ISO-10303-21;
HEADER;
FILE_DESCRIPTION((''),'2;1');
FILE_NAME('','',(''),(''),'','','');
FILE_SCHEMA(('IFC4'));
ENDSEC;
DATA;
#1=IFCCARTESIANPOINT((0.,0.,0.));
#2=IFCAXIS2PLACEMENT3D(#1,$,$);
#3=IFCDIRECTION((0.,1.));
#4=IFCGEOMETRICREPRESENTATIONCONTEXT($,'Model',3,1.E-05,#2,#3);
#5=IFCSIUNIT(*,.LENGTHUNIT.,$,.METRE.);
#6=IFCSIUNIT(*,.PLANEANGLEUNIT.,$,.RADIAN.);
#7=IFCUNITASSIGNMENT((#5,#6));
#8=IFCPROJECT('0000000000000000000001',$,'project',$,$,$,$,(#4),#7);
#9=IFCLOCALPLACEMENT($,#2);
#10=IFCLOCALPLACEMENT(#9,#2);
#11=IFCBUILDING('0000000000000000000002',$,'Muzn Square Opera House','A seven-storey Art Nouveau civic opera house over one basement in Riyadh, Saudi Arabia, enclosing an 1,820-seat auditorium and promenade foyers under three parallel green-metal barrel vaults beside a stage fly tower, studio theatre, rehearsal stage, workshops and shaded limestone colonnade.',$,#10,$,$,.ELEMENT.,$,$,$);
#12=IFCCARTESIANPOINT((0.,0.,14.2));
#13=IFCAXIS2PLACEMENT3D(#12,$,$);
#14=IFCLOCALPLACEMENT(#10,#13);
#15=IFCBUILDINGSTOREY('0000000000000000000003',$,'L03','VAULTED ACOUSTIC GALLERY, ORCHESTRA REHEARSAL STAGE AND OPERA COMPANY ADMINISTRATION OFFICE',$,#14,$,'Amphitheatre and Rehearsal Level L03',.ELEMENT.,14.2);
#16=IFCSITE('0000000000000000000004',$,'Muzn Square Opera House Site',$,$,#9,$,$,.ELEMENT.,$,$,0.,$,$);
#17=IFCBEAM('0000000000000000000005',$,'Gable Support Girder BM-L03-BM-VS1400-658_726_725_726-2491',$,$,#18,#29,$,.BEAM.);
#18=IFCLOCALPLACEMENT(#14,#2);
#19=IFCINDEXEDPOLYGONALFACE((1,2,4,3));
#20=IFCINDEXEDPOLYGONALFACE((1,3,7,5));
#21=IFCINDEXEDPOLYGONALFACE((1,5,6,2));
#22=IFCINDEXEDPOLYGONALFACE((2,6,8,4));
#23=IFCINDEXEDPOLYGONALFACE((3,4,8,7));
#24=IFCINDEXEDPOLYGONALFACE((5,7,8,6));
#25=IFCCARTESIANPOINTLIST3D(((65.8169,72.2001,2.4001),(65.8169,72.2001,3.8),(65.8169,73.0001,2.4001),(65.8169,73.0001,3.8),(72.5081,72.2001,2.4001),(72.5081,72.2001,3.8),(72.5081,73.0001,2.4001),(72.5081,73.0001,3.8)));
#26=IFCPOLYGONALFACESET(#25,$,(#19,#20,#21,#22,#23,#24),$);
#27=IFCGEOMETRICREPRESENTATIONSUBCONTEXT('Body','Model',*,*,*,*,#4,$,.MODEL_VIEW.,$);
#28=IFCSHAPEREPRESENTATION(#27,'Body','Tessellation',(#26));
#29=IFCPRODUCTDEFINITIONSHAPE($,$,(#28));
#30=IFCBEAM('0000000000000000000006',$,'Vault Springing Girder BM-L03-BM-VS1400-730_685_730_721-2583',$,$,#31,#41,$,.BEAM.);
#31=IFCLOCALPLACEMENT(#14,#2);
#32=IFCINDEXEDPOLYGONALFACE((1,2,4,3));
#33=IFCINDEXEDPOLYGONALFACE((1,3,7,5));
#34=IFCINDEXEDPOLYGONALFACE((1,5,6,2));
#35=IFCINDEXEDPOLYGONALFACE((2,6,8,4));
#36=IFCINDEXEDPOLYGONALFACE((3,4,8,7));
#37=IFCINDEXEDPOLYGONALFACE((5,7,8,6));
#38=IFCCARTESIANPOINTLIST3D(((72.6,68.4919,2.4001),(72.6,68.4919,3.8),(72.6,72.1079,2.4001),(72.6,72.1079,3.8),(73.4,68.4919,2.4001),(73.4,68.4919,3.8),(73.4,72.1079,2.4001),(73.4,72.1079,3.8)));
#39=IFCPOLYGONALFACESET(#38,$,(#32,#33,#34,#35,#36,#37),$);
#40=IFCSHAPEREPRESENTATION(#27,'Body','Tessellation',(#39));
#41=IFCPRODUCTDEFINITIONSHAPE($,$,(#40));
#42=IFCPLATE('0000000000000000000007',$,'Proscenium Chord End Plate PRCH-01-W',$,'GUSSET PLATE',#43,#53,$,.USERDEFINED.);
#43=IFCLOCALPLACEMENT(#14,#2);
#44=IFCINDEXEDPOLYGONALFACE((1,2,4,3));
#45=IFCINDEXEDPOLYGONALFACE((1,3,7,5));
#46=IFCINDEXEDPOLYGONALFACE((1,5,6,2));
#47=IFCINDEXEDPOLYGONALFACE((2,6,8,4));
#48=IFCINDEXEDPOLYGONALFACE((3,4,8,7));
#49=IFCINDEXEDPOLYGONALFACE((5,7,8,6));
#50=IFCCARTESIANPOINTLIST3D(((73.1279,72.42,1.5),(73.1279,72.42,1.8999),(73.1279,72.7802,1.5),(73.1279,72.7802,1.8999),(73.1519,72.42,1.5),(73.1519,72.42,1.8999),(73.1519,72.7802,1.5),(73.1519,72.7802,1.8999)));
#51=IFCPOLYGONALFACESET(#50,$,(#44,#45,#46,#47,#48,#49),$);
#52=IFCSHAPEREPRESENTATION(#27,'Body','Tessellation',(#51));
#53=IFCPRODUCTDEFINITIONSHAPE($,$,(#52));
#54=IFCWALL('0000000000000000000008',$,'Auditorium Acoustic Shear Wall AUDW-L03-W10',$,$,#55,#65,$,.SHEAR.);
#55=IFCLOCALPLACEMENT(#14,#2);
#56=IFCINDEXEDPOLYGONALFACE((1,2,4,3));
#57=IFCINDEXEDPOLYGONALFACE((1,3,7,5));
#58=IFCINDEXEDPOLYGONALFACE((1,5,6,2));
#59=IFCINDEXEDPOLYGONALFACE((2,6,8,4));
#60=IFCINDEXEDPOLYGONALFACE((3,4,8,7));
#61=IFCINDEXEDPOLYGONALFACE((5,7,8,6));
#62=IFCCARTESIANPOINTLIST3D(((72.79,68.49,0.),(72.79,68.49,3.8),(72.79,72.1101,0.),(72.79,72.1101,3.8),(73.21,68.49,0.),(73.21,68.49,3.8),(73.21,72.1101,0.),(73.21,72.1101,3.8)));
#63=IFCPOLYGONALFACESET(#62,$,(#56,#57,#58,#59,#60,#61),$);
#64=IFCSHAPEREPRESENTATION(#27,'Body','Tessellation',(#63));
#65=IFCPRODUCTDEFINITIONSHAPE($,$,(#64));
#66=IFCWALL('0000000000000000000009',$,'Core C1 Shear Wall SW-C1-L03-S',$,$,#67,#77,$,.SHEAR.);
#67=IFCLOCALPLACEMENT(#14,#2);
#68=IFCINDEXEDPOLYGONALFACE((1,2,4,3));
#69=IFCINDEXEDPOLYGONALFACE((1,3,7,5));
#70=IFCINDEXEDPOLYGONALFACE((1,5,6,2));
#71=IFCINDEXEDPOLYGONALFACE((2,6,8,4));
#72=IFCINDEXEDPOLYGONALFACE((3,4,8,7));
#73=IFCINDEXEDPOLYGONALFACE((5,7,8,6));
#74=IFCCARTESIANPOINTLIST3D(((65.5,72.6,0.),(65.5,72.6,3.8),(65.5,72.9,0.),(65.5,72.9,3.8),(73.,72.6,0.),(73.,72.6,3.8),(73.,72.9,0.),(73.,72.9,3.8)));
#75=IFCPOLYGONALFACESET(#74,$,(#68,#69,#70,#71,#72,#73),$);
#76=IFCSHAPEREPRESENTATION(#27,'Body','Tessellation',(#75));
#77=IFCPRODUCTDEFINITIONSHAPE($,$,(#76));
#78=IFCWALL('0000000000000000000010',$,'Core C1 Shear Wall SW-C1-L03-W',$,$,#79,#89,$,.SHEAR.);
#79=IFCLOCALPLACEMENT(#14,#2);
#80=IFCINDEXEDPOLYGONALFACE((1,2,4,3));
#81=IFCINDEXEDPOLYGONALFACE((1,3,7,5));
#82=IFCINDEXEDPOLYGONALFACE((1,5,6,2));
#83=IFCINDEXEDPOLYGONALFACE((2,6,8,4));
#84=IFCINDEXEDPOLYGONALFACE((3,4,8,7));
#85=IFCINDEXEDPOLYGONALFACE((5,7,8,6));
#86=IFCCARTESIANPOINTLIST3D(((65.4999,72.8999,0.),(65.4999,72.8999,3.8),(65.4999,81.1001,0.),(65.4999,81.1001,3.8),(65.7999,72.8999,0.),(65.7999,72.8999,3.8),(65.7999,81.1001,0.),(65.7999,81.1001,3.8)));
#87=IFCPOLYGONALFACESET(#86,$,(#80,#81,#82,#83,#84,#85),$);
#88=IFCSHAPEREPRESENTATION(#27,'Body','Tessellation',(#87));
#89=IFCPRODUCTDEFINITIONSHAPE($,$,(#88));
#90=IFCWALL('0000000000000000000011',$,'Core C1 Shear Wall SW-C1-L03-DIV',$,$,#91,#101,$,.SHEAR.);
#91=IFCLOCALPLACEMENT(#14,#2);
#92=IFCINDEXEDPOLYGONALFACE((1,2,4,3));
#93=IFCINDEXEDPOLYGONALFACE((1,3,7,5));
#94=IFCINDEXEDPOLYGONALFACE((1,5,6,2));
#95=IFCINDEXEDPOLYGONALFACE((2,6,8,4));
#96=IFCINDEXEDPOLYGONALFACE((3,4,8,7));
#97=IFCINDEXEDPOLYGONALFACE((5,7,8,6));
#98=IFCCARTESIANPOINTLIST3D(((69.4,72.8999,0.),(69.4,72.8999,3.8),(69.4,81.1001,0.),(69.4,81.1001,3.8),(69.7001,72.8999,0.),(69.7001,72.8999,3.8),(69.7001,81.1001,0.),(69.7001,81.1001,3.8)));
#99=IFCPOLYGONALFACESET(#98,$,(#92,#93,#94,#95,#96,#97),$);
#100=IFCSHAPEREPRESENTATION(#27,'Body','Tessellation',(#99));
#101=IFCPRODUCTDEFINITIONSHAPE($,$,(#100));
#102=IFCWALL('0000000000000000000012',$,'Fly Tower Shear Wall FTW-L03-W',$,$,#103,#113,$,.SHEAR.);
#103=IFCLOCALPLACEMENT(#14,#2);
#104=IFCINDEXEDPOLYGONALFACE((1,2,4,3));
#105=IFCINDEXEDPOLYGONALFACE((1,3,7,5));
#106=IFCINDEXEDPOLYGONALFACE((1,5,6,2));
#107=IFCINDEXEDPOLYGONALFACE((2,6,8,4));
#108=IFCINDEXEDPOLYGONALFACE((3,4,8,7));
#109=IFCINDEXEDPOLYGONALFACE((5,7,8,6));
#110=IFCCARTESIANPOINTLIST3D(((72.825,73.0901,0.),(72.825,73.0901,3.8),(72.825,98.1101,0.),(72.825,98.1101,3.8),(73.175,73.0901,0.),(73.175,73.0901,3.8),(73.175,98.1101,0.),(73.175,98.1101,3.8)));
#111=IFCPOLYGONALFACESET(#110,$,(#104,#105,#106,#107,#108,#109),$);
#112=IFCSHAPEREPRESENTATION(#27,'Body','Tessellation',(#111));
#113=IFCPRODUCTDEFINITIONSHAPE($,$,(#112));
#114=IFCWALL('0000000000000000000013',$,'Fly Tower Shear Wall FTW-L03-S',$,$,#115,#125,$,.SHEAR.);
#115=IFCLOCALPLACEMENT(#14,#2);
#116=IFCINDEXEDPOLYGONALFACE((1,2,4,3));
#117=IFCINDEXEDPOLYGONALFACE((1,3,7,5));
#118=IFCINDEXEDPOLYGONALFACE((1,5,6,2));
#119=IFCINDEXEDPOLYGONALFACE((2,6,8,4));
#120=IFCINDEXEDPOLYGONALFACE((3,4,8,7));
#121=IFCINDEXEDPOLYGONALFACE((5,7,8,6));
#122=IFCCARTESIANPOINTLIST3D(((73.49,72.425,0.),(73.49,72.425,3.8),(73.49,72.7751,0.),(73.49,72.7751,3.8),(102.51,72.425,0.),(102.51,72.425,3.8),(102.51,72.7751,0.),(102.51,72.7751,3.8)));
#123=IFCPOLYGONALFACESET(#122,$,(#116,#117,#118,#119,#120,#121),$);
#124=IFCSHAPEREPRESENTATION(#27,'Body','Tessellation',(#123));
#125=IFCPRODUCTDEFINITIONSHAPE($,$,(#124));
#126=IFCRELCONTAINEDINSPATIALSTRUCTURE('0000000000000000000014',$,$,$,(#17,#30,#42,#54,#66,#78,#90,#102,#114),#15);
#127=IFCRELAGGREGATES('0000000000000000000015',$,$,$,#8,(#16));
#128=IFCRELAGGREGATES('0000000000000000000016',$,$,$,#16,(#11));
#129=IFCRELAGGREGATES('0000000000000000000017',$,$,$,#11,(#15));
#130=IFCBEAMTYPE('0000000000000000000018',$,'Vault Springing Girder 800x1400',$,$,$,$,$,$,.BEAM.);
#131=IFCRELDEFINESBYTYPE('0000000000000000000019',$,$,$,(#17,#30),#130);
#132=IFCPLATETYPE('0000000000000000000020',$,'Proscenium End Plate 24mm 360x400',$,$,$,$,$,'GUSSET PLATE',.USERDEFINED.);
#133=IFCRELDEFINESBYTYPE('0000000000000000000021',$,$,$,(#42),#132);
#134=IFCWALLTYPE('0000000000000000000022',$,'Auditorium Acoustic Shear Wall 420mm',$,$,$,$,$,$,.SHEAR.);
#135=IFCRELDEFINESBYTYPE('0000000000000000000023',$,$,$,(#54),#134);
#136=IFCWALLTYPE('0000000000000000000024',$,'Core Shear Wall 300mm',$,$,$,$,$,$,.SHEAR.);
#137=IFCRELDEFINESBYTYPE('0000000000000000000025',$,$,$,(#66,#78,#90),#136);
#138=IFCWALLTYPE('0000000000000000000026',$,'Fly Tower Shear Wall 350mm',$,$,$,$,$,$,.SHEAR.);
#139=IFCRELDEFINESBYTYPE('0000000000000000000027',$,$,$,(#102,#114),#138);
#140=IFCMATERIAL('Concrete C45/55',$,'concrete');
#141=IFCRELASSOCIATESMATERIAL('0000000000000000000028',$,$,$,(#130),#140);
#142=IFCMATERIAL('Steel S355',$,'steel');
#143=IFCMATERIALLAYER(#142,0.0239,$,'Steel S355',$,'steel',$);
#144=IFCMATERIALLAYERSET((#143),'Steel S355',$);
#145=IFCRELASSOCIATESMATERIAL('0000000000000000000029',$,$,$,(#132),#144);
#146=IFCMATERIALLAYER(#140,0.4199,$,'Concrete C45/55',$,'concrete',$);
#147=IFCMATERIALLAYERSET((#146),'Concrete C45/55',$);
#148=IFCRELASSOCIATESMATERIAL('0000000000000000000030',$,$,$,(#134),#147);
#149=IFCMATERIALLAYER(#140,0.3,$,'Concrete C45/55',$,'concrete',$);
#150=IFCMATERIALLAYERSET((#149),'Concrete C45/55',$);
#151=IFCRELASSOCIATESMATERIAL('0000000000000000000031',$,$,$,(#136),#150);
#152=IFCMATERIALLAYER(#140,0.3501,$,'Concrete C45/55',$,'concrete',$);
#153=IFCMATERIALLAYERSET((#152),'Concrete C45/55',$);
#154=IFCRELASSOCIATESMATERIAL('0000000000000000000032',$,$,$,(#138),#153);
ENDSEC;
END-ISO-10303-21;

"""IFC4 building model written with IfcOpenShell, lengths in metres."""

from ifc_helpers import new_model, si_unit, direction, frame, frame_2d, origin, origin_2d, place, context, subcontext, project, spatial, rectangle, extrude, material, layer, layer_set, material_profile, profile_set, type_object, element, save


model = new_model("IFC4")

# Units and contexts
model_context = context("Model", 3, precision=1e-05, world=origin(), true_north=direction((0.0, 1.0)))
body_context = subcontext(model_context, "Body", "Model", "MODEL_VIEW")
ifc_project = project(units=[si_unit("LENGTHUNIT", "METRE"), si_unit("PLANEANGLEUNIT", "RADIAN")], contexts=[model_context])

# Site, building, storey
site_placement = place(None, origin())
site = spatial("IfcSite", under=ifc_project, at=site_placement, Name="Muzn Square Opera House Site", CompositionType="ELEMENT", RefElevation=0.0)
building_placement = place(site_placement, origin())
building = spatial("IfcBuilding", under=site, at=building_placement, Name="Muzn Square Opera House", Description="A seven-storey Art Nouveau civic opera house over one basement in Riyadh, Saudi Arabia, enclosing an 1,820-seat auditorium and promenade foyers under three parallel green-metal barrel vaults beside a stage fly tower, studio theatre, rehearsal stage, workshops and shaded limestone colonnade.", CompositionType="ELEMENT")
storey_placement = place(building_placement, frame((0.0, 0.0, 14.2)))
storey = spatial("IfcBuildingStorey", under=building, at=storey_placement, Name="L03", Description="VAULTED ACOUSTIC GALLERY, ORCHESTRA REHEARSAL STAGE AND OPERA COMPANY ADMINISTRATION OFFICE", LongName="Amphitheatre and Rehearsal Level L03", CompositionType="ELEMENT", Elevation=14.2)

# Shared definitions
ifc_material_1 = material(Name="Concrete C45/55", Category="concrete")

# Shared definitions
ifc_material_2 = material(Name="Steel S355", Category="steel")

# Beams
ifc_material_profile_1 = material_profile(ifc_material_1, rectangle(XDim=0.8, YDim=1.3999, at=origin_2d()), Name="RCB 800x1400", Category="concrete")
ifc_profile_set_1 = profile_set([ifc_material_profile_1], Name="Concrete C45/55")
beam_type_1 = type_object("IfcBeamType", Name="Vault Springing Girder 800x1400", PredefinedType="BEAM", material=ifc_profile_set_1)
beam_1_placement = place(storey_placement, frame((65.8169, 72.6001, 3.1001), z_axis=(1.0, 0.0, 0.0), x_axis=(0.0, 1.0, 0.0)))
element("IfcBeam", 1, at=beam_1_placement, inside=storey, type_object=beam_type_1, Name="Gable Support Girder BM-L03-BM-VS1400-658_726_725_726-2491", PredefinedType="BEAM", context=body_context, shape_type="SweptSolid", body=[
    extrude(rectangle(XDim=0.8, YDim=1.3999, at=origin_2d()), origin(), (0.0, 0.0, 1.0), 6.6912),
])
beam_2_placement = place(storey_placement, frame((73.0, 68.4919, 3.1001), z_axis=(0.0, 1.0, 0.0), x_axis=(-1.0, 0.0, 0.0)))
element("IfcBeam", 2, at=beam_2_placement, inside=storey, type_object=beam_type_1, Name="Vault Springing Girder BM-L03-BM-VS1400-730_685_730_721-2583", PredefinedType="BEAM", context=body_context, shape_type="SweptSolid", body=[
    extrude(rectangle(XDim=0.8, YDim=1.3999, at=origin_2d()), origin(), (0.0, 0.0, 1.0), 3.616),
])

# Plate
ifc_layer_1 = layer(ifc_material_2, 0.0239, Name="Steel S355", Category="steel")
ifc_layer_set_1 = layer_set([ifc_layer_1], Name="Steel S355")
plate_type = type_object("IfcPlateType", Name="Proscenium End Plate 24mm 360x400", ElementType="GUSSET PLATE", PredefinedType="USERDEFINED", material=ifc_layer_set_1)
plate_placement = place(storey_placement, frame((73.1399, 72.6001, 1.5), z_axis=(0.0, 0.0, 1.0), x_axis=(1.0, 0.0, 0.0)))
element("IfcPlate", 3, at=plate_placement, inside=storey, type_object=plate_type, Name="Proscenium Chord End Plate PRCH-01-W", ObjectType="GUSSET PLATE", PredefinedType="USERDEFINED", context=body_context, shape_type="SweptSolid", body=[
    extrude(rectangle(XDim=0.0239, YDim=0.3601, at=origin_2d()), origin(), (0.0, 0.0, 1.0), 0.3999),
])

# Walls
ifc_layer_2 = layer(ifc_material_1, 0.4199, Name="Concrete C45/55", Category="concrete")
ifc_layer_set_2 = layer_set([ifc_layer_2], Name="Concrete C45/55")
wall_type_1 = type_object("IfcWallType", Name="Auditorium Acoustic Shear Wall 420mm", PredefinedType="SHEAR", material=ifc_layer_set_2)
wall_1_placement = place(storey_placement, frame((73.0, 68.49, 0.0), z_axis=(0.0, 0.0, 1.0), x_axis=(0.0, 1.0, 0.0)))
element("IfcWall", 4, at=wall_1_placement, inside=storey, type_object=wall_type_1, Name="Auditorium Acoustic Shear Wall AUDW-L03-W10", PredefinedType="SHEAR", context=body_context, shape_type="SweptSolid", body=[
    extrude(rectangle(XDim=3.6201, YDim=0.4199, at=frame_2d((1.8101, 0.0))), origin(), (0.0, 0.0, 1.0), 3.8),
])
ifc_layer_3 = layer(ifc_material_1, 0.3, Name="Concrete C45/55", Category="concrete")
ifc_layer_set_3 = layer_set([ifc_layer_3], Name="Concrete C45/55")
wall_type_2 = type_object("IfcWallType", Name="Core Shear Wall 300mm", PredefinedType="SHEAR", material=ifc_layer_set_3)
wall_2_placement = place(storey_placement, frame((65.5, 72.75, 0.0), z_axis=(0.0, 0.0, 1.0), x_axis=(1.0, 0.0, 0.0)))
element("IfcWall", 5, at=wall_2_placement, inside=storey, type_object=wall_type_2, Name="Core C1 Shear Wall SW-C1-L03-S", PredefinedType="SHEAR", context=body_context, shape_type="SweptSolid", body=[
    extrude(rectangle(XDim=7.5, YDim=0.3, at=frame_2d((3.75, 0.0))), origin(), (0.0, 0.0, 1.0), 3.8),
])
for number, where, z_axis, x_axis, name in (
    (6, (65.6499, 72.8999, 0.0), (0.0, 0.0, 1.0), (0.0, 1.0, 0.0), "Core C1 Shear Wall SW-C1-L03-W"),
    (7, (69.55, 72.8999, 0.0), (0.0, 0.0, 1.0), (0.0, 1.0, 0.0), "Core C1 Shear Wall SW-C1-L03-DIV"),
):
    element("IfcWall", number, at=place(storey_placement, frame(where, z_axis=z_axis, x_axis=x_axis)), inside=storey, type_object=wall_type_2, Name=name, PredefinedType="SHEAR", context=body_context, shape_type="SweptSolid", body=[
        extrude(rectangle(XDim=8.2002, YDim=0.3, at=frame_2d((4.1001, 0.0))), origin(), (0.0, 0.0, 1.0), 3.8),
    ])
ifc_layer_4 = layer(ifc_material_1, 0.3501, Name="Concrete C45/55", Category="concrete")
ifc_layer_set_4 = layer_set([ifc_layer_4], Name="Concrete C45/55")
wall_type_3 = type_object("IfcWallType", Name="Fly Tower Shear Wall 350mm", PredefinedType="SHEAR", material=ifc_layer_set_4)
wall_3_placement = place(storey_placement, frame((73.0, 73.0901, 0.0), z_axis=(0.0, 0.0, 1.0), x_axis=(0.0, 1.0, 0.0)))
element("IfcWall", 8, at=wall_3_placement, inside=storey, type_object=wall_type_3, Name="Fly Tower Shear Wall FTW-L03-W", PredefinedType="SHEAR", context=body_context, shape_type="SweptSolid", body=[
    extrude(rectangle(XDim=25.02, YDim=0.3501, at=frame_2d((12.51, 0.0))), origin(), (0.0, 0.0, 1.0), 3.8),
])
wall_4_placement = place(storey_placement, frame((73.49, 72.6001, 0.0), z_axis=(0.0, 0.0, 1.0), x_axis=(1.0, 0.0, 0.0)))
element("IfcWall", 9, at=wall_4_placement, inside=storey, type_object=wall_type_3, Name="Fly Tower Shear Wall FTW-L03-S", PredefinedType="SHEAR", context=body_context, shape_type="SweptSolid", body=[
    extrude(rectangle(XDim=29.02, YDim=0.3501, at=frame_2d((14.51, 0.0))), origin(), (0.0, 0.0, 1.0), 3.8),
])

save(model, "model.ifc")
